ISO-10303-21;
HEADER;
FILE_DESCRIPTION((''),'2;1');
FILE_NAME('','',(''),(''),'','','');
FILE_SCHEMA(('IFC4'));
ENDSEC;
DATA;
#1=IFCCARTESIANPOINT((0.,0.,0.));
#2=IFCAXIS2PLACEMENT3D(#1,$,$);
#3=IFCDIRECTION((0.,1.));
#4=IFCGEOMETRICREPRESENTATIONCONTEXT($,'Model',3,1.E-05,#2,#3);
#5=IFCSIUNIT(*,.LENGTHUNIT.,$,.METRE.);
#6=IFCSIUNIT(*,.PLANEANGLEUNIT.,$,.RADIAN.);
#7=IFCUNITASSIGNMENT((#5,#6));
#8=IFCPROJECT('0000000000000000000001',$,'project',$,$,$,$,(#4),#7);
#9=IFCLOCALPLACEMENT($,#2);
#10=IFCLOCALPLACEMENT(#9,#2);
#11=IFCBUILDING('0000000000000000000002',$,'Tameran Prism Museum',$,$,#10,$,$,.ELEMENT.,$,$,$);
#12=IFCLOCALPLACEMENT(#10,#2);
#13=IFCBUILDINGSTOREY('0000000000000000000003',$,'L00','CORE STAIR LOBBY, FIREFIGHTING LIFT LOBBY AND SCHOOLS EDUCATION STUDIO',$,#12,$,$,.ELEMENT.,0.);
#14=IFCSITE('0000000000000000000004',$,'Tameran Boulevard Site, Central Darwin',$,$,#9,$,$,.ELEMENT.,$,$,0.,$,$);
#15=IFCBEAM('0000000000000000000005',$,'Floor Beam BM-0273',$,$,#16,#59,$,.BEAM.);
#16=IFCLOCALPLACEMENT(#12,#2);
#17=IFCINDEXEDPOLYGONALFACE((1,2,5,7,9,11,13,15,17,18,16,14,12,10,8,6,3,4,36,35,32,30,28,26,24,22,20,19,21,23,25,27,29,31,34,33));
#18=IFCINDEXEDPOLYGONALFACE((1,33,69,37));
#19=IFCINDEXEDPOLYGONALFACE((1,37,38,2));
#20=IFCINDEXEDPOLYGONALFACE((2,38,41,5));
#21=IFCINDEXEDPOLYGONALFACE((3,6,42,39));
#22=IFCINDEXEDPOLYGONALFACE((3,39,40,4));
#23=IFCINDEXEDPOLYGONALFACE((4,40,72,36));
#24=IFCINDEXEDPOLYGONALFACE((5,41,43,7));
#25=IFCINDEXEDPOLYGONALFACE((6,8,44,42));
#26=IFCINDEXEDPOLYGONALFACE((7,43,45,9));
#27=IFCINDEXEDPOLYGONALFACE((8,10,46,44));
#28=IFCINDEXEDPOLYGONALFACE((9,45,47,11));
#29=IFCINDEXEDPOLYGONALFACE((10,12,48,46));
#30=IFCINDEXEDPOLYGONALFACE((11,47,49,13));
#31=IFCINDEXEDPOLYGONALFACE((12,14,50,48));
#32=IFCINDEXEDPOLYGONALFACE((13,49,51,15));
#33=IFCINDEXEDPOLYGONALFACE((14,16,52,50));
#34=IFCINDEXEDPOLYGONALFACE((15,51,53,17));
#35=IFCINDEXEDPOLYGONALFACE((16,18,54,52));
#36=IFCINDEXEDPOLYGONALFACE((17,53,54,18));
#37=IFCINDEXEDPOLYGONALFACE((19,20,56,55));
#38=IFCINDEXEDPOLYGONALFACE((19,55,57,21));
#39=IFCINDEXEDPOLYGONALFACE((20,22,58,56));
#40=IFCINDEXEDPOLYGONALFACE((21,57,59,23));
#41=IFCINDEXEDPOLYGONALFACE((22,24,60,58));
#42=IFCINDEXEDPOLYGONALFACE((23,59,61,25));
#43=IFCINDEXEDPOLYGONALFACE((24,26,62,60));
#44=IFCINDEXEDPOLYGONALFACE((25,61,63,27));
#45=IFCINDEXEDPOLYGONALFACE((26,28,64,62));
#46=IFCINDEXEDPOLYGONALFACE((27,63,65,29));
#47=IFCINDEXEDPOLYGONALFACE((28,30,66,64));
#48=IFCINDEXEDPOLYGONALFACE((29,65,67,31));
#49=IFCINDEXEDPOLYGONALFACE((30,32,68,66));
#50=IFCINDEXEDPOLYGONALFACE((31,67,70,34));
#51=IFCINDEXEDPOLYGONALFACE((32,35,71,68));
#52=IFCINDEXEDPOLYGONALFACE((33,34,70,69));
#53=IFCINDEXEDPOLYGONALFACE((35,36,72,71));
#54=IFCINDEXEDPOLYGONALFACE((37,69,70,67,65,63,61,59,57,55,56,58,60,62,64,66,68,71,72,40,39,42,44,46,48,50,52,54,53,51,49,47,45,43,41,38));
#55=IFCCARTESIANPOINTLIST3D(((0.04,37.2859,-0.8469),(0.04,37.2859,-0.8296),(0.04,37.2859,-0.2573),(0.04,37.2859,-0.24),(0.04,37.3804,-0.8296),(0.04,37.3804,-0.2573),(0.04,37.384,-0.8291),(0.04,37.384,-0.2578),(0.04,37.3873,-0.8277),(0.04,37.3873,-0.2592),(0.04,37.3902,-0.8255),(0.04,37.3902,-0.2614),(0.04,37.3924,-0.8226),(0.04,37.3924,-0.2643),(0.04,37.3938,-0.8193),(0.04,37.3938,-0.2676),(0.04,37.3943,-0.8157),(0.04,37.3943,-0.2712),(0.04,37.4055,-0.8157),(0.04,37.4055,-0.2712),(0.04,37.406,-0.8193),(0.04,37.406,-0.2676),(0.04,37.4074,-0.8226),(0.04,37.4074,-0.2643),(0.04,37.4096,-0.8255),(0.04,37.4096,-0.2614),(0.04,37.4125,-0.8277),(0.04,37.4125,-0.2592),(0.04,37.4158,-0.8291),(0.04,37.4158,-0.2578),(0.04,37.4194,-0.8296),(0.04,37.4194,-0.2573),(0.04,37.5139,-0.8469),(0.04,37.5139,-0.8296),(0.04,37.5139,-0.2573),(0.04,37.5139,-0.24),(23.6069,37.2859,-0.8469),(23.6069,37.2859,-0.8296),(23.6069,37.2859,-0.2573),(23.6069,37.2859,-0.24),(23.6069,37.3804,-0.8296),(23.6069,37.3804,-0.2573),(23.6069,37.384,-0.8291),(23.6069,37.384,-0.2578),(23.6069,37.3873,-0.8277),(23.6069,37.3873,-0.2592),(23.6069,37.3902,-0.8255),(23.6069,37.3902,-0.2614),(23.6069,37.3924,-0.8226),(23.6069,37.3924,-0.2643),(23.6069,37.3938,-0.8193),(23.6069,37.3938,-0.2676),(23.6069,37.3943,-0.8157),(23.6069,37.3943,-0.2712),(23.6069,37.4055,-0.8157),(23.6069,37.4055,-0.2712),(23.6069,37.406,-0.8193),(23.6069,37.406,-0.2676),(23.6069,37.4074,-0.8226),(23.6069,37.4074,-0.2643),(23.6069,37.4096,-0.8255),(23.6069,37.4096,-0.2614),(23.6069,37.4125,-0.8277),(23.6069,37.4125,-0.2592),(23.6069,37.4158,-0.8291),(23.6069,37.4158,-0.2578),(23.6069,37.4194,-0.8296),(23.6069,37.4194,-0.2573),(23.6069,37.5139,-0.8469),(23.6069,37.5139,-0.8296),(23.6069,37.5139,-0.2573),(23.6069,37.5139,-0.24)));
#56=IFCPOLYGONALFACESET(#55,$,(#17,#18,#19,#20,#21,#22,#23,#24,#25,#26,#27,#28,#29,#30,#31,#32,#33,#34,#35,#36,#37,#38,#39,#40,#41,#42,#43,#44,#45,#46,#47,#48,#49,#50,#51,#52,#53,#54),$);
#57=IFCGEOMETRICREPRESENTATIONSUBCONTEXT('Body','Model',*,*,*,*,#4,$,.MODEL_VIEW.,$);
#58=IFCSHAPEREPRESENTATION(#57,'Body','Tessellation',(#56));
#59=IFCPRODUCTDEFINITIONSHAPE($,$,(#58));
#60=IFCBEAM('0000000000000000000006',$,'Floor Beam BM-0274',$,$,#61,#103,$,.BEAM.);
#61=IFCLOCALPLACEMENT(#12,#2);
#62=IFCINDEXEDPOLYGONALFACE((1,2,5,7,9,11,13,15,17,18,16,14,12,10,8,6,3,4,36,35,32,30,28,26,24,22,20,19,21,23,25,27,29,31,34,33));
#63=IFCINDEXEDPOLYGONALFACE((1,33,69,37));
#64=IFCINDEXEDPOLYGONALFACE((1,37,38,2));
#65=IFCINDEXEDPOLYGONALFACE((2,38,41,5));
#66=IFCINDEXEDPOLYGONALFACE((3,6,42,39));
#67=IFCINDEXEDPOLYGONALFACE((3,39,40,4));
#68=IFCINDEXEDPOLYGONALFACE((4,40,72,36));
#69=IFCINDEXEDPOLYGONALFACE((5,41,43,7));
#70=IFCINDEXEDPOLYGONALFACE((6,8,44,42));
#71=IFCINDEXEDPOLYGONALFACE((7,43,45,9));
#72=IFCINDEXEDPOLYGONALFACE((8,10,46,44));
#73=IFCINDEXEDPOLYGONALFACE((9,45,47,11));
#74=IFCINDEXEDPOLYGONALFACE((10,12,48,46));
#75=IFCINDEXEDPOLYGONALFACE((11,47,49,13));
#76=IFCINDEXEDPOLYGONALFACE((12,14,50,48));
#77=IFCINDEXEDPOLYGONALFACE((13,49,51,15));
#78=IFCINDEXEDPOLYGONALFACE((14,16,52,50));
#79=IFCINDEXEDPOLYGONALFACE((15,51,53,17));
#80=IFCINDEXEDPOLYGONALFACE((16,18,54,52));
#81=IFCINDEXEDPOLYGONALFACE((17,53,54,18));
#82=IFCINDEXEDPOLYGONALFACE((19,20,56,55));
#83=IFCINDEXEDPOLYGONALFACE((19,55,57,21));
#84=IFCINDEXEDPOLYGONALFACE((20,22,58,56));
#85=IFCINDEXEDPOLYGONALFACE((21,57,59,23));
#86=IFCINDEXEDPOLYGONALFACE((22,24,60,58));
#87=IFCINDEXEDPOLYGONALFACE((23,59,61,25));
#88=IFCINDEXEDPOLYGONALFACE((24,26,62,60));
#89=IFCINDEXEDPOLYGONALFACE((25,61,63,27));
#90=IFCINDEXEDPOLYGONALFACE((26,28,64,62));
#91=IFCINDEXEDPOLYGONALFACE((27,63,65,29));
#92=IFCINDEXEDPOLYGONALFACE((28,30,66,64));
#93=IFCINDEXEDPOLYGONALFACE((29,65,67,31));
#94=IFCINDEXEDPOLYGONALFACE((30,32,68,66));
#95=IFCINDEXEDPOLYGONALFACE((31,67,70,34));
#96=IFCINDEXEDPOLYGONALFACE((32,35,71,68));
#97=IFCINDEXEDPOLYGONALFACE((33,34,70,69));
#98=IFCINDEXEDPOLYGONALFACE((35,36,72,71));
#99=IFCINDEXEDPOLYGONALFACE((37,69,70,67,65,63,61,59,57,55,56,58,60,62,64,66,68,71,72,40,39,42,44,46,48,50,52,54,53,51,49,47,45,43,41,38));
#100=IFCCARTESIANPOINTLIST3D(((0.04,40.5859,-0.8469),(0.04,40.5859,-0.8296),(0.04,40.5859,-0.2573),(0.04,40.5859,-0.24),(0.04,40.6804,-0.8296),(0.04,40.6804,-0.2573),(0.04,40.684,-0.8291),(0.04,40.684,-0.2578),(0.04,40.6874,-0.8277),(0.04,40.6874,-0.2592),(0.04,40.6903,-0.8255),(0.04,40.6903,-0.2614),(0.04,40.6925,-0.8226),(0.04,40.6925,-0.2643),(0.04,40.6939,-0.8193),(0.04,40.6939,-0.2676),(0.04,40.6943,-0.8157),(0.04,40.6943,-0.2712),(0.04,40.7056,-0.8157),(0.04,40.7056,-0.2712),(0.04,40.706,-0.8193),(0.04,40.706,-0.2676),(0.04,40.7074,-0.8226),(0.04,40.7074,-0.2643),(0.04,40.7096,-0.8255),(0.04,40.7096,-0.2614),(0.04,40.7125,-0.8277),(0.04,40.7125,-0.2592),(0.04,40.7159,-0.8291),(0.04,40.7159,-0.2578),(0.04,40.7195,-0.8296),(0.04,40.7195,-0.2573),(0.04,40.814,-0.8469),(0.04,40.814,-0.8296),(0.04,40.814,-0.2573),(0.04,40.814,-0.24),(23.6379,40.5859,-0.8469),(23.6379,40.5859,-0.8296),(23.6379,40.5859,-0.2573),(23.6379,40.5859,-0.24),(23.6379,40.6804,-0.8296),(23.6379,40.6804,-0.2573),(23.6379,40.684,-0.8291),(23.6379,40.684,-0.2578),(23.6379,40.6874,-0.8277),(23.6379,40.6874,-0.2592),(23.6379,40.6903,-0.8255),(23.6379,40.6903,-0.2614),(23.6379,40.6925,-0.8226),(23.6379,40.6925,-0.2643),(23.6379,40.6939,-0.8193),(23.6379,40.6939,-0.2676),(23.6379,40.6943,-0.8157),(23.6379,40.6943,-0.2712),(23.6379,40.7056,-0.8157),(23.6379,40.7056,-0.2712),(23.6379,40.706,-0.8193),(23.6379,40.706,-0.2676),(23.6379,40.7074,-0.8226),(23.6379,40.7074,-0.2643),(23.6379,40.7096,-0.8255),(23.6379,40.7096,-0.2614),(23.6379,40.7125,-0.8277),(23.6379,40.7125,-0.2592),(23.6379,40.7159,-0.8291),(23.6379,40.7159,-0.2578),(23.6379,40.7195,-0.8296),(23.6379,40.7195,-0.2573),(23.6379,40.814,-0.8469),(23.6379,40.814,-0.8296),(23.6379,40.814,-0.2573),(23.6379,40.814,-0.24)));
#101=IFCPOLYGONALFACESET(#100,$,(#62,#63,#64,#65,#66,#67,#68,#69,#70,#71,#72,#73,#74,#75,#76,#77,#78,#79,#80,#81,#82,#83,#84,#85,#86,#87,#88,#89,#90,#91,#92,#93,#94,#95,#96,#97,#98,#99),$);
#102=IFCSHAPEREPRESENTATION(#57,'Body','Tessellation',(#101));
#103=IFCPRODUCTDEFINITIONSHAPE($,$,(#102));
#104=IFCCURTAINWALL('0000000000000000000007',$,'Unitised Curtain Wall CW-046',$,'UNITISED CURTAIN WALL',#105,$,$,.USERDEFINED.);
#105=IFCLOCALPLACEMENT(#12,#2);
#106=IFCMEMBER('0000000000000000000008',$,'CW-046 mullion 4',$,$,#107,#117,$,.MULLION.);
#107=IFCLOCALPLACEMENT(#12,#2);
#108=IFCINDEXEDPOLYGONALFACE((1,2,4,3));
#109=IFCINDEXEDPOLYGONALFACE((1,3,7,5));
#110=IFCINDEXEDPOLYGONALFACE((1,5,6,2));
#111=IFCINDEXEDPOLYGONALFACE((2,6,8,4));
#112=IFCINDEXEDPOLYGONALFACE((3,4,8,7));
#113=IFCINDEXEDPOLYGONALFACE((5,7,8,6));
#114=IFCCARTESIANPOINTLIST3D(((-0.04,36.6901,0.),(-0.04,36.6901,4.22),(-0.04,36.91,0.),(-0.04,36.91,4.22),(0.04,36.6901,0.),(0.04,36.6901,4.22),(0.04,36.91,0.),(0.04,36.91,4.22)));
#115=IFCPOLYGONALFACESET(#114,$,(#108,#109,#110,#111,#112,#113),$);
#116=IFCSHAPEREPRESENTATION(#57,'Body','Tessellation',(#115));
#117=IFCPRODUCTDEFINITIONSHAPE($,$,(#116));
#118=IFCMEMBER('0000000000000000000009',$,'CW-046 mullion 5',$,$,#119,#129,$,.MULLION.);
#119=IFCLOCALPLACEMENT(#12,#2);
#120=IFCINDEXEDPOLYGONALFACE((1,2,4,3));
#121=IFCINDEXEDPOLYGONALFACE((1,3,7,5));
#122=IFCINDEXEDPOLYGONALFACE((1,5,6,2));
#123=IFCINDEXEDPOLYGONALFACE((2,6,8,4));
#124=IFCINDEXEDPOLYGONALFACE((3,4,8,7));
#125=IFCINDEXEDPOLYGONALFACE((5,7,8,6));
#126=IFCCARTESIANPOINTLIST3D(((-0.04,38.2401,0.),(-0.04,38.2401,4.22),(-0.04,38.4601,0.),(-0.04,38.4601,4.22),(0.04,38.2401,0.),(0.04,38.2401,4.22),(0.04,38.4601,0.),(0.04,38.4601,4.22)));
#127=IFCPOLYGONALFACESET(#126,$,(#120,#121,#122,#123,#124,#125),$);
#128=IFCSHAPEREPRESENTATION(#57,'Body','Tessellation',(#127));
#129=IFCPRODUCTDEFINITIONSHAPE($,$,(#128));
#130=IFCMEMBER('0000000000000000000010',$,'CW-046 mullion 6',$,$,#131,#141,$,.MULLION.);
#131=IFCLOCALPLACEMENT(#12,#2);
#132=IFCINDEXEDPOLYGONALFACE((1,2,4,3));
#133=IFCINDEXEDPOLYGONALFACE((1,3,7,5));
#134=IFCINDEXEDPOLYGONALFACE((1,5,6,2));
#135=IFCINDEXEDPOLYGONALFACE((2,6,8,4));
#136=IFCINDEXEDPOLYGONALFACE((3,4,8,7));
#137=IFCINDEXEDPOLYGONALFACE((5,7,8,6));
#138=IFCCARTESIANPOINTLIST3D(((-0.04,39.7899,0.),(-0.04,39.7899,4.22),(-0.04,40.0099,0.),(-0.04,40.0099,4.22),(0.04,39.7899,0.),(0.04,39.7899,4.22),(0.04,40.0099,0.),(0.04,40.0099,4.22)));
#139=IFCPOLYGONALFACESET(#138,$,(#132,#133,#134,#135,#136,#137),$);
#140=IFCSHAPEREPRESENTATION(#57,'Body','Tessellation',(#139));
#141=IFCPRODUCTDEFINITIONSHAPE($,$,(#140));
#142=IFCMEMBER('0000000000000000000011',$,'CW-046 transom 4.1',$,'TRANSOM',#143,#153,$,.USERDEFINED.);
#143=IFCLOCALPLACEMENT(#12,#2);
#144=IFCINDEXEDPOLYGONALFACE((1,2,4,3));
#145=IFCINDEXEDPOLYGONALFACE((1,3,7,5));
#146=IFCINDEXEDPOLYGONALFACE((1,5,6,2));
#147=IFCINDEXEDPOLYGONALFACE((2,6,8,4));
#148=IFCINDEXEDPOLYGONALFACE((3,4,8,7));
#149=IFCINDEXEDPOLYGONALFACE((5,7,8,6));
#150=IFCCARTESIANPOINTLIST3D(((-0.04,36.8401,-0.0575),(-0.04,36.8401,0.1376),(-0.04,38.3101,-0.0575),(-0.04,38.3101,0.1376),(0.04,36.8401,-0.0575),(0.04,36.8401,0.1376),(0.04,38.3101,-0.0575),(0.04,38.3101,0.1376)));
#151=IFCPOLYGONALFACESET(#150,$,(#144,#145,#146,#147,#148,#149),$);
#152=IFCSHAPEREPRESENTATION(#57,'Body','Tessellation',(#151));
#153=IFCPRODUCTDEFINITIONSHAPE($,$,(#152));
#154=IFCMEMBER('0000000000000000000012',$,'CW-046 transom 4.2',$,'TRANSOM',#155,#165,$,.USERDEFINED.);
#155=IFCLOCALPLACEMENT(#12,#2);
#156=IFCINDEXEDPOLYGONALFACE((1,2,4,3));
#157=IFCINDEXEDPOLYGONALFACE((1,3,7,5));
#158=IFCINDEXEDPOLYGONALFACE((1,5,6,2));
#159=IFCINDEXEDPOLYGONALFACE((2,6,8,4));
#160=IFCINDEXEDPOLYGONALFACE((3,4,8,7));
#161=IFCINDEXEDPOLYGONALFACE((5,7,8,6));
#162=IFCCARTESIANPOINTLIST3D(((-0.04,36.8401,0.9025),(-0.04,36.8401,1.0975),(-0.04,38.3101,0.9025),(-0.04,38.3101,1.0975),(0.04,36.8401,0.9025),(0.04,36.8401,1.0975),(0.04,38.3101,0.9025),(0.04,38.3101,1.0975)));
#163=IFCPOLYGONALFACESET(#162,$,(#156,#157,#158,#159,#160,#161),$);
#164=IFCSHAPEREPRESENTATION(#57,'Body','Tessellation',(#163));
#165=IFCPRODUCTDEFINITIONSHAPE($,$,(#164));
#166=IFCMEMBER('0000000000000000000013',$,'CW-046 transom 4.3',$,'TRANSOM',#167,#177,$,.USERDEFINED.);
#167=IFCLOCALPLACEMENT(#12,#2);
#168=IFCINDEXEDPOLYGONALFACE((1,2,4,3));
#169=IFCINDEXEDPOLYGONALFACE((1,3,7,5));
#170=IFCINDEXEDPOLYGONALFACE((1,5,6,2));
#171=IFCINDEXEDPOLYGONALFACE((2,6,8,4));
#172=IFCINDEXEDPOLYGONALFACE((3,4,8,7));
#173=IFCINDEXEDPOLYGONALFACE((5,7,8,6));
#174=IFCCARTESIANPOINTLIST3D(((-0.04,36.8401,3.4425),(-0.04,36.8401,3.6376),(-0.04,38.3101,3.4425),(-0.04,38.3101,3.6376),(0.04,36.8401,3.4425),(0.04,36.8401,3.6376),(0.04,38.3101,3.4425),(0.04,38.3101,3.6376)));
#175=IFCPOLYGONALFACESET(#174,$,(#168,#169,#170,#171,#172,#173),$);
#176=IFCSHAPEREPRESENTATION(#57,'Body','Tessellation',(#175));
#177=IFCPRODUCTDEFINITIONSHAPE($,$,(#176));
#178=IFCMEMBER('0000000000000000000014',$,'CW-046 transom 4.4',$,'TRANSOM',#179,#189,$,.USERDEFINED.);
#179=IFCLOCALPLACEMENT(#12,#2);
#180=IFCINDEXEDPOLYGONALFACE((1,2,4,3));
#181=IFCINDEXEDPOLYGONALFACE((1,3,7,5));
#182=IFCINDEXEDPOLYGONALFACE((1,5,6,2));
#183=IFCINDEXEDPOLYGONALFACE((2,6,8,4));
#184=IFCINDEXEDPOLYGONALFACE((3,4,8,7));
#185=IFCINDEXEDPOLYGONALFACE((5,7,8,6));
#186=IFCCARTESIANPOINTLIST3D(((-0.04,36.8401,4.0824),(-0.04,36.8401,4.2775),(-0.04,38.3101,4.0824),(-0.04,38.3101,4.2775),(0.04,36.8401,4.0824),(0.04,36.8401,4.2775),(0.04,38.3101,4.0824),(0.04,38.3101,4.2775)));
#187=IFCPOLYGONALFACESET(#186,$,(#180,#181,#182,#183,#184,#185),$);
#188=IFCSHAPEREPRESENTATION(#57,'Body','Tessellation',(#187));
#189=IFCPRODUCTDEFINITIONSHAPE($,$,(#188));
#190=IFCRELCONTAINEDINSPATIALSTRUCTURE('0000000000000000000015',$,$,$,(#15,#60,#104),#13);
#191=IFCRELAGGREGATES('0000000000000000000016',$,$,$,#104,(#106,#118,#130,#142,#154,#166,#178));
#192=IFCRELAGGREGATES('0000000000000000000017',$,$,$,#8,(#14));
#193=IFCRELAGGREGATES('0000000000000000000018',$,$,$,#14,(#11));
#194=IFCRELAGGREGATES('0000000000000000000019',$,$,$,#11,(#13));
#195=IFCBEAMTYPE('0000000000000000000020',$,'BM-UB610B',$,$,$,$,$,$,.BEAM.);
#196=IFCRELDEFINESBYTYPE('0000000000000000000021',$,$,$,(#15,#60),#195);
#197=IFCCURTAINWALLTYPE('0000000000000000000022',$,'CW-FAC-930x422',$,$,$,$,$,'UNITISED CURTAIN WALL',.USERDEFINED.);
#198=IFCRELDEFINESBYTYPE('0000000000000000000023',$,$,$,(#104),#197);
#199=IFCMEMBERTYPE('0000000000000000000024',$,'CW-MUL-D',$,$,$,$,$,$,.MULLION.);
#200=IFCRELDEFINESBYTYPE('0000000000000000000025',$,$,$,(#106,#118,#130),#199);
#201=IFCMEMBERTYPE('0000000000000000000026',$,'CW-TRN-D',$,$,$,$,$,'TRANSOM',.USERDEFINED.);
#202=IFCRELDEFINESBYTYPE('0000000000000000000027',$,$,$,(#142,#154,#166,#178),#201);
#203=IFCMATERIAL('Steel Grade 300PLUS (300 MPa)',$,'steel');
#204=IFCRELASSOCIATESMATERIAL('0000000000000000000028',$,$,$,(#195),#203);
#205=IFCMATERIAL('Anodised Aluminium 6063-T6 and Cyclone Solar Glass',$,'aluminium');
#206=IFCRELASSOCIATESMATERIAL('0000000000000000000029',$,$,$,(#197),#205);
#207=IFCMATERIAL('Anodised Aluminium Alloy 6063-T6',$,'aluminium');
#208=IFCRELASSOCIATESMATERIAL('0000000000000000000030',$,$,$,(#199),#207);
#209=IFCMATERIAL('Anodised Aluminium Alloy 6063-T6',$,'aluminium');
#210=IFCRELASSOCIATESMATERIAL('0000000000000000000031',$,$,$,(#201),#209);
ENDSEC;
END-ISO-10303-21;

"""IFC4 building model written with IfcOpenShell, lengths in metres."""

from ifc_helpers import new_model, si_unit, direction, frame, origin, origin_2d, place, context, subcontext, project, spatial, rectangle, i_section, extrude, material, material_profile, profile_set, type_object, element, aggregate, save


model = new_model("IFC4")

# Units and contexts
model_context = context("Model", 3, precision=1e-05, world=origin(), true_north=direction((0.0, 1.0)))
body_context = subcontext(model_context, "Body", "Model", "MODEL_VIEW")
ifc_project = project(units=[si_unit("LENGTHUNIT", "METRE"), si_unit("PLANEANGLEUNIT", "RADIAN")], contexts=[model_context])

# Site, building, storey
site_placement = place(None, origin())
site = spatial("IfcSite", under=ifc_project, at=site_placement, Name="Tameran Boulevard Site, Central Darwin", CompositionType="ELEMENT", RefElevation=0.0)
building_placement = place(site_placement, origin())
building = spatial("IfcBuilding", under=site, at=building_placement, Name="Tameran Prism Museum", CompositionType="ELEMENT")
storey_placement = place(building_placement, origin())
storey = spatial("IfcBuildingStorey", under=building, at=storey_placement, Name="L00", Description="CORE STAIR LOBBY, FIREFIGHTING LIFT LOBBY AND SCHOOLS EDUCATION STUDIO", CompositionType="ELEMENT", Elevation=0.0)

# Beams
ifc_material_1 = material(Name="Steel Grade 300PLUS (300 MPa)", Category="steel")
ifc_material_profile_1 = material_profile(ifc_material_1, i_section(OverallWidth=0.228, OverallDepth=0.6069, WebThickness=0.0112, FlangeThickness=0.0173, FilletRadius=0.0139, at=origin_2d()))
ifc_profile_set_1 = profile_set([ifc_material_profile_1])
beam_type = type_object("IfcBeamType", Name="BM-UB610B", PredefinedType="BEAM", material=ifc_profile_set_1)
beam_1_placement = place(storey_placement, frame((0.04, 37.3999, -0.5435), z_axis=(1.0, 0.0, 0.0), x_axis=(0.0, 1.0, 0.0)))
element("IfcBeam", 1, at=beam_1_placement, inside=storey, type_object=beam_type, Name="Floor Beam BM-0273", PredefinedType="BEAM", context=body_context, shape_type="SweptSolid", body=[
    extrude(i_section(OverallWidth=0.228, OverallDepth=0.6069, WebThickness=0.0112, FlangeThickness=0.0173, FilletRadius=0.0139, at=origin_2d()), origin(), (0.0, 0.0, 1.0), 23.5669),
])
beam_2_placement = place(storey_placement, frame((0.04, 40.7, -0.5435), z_axis=(1.0, 0.0, 0.0), x_axis=(0.0, 1.0, 0.0)))
element("IfcBeam", 2, at=beam_2_placement, inside=storey, type_object=beam_type, Name="Floor Beam BM-0274", PredefinedType="BEAM", context=body_context, shape_type="SweptSolid", body=[
    extrude(i_section(OverallWidth=0.228, OverallDepth=0.6069, WebThickness=0.0112, FlangeThickness=0.0173, FilletRadius=0.0139, at=origin_2d()), origin(), (0.0, 0.0, 1.0), 23.5979),
])

# Curtain wall, members
ifc_material_2 = material(Name="Anodised Aluminium 6063-T6 and Cyclone Solar Glass", Category="aluminium")
curtain_wall_type = type_object("IfcCurtainWallType", Name="CW-FAC-930x422", ElementType="UNITISED CURTAIN WALL", PredefinedType="USERDEFINED", material=ifc_material_2)
curtain_wall_placement = place(storey_placement, origin())
curtain_wall = element("IfcCurtainWall", 3, at=curtain_wall_placement, inside=storey, type_object=curtain_wall_type, Name="Unitised Curtain Wall CW-046", ObjectType="UNITISED CURTAIN WALL", PredefinedType="USERDEFINED")
ifc_material_3 = material(Name="Anodised Aluminium Alloy 6063-T6", Category="aluminium")
ifc_material_profile_2 = material_profile(ifc_material_3, rectangle(XDim=0.0801, YDim=0.22, at=origin_2d()))
ifc_profile_set_2 = profile_set([ifc_material_profile_2])
member_type_1 = type_object("IfcMemberType", Name="CW-MUL-D", PredefinedType="MULLION", material=ifc_profile_set_2)
member_1_placement = place(storey_placement, frame((0.0, 36.8, 0.0), z_axis=(0.0, 0.0, 1.0), x_axis=(-1.0, 0.0, 0.0)))
member_1 = element("IfcMember", 4, at=member_1_placement, type_object=member_type_1, Name="CW-046 mullion 4", PredefinedType="MULLION", context=body_context, shape_type="SweptSolid", body=[
    extrude(rectangle(XDim=0.0801, YDim=0.22, at=origin_2d()), origin(), (0.0, 0.0, 1.0), 4.22),
])
member_2_placement = place(storey_placement, frame((0.0, 38.3501, 0.0), z_axis=(0.0, 0.0, 1.0), x_axis=(-1.0, 0.0, 0.0)))
member_2 = element("IfcMember", 5, at=member_2_placement, type_object=member_type_1, Name="CW-046 mullion 5", PredefinedType="MULLION", context=body_context, shape_type="SweptSolid", body=[
    extrude(rectangle(XDim=0.0801, YDim=0.22, at=origin_2d()), origin(), (0.0, 0.0, 1.0), 4.22),
])
member_3_placement = place(storey_placement, frame((0.0, 39.8999, 0.0), z_axis=(0.0, 0.0, 1.0), x_axis=(-1.0, 0.0, 0.0)))
member_3 = element("IfcMember", 6, at=member_3_placement, type_object=member_type_1, Name="CW-046 mullion 6", PredefinedType="MULLION", context=body_context, shape_type="SweptSolid", body=[
    extrude(rectangle(XDim=0.0801, YDim=0.22, at=origin_2d()), origin(), (0.0, 0.0, 1.0), 4.22),
])
ifc_material_4 = material(Name="Anodised Aluminium Alloy 6063-T6", Category="aluminium")
ifc_material_profile_3 = material_profile(ifc_material_4, rectangle(XDim=0.0801, YDim=0.1951, at=origin_2d()))
ifc_profile_set_3 = profile_set([ifc_material_profile_3])
member_type_2 = type_object("IfcMemberType", Name="CW-TRN-D", ElementType="TRANSOM", PredefinedType="USERDEFINED", material=ifc_profile_set_3)
member_4_placement = place(storey_placement, frame((0.0, 36.8401, 0.04), z_axis=(0.0, 1.0, 0.0), x_axis=(-1.0, 0.0, 0.0)))
member_4 = element("IfcMember", 7, at=member_4_placement, type_object=member_type_2, Name="CW-046 transom 4.1", ObjectType="TRANSOM", PredefinedType="USERDEFINED", context=body_context, shape_type="SweptSolid", body=[
    extrude(rectangle(XDim=0.0801, YDim=0.1951, at=origin_2d()), origin(), (0.0, 0.0, 1.0), 1.47),
])
member_5_placement = place(storey_placement, frame((0.0, 36.8401, 1.0), z_axis=(0.0, 1.0, 0.0), x_axis=(-1.0, 0.0, 0.0)))
member_5 = element("IfcMember", 8, at=member_5_placement, type_object=member_type_2, Name="CW-046 transom 4.2", ObjectType="TRANSOM", PredefinedType="USERDEFINED", context=body_context, shape_type="SweptSolid", body=[
    extrude(rectangle(XDim=0.0801, YDim=0.1951, at=origin_2d()), origin(), (0.0, 0.0, 1.0), 1.47),
])
member_6_placement = place(storey_placement, frame((0.0, 36.8401, 3.54), z_axis=(0.0, 1.0, 0.0), x_axis=(-1.0, 0.0, 0.0)))
member_6 = element("IfcMember", 9, at=member_6_placement, type_object=member_type_2, Name="CW-046 transom 4.3", ObjectType="TRANSOM", PredefinedType="USERDEFINED", context=body_context, shape_type="SweptSolid", body=[
    extrude(rectangle(XDim=0.0801, YDim=0.1951, at=origin_2d()), origin(), (0.0, 0.0, 1.0), 1.47),
])
member_7_placement = place(storey_placement, frame((0.0, 36.8401, 4.1799), z_axis=(0.0, 1.0, 0.0), x_axis=(-1.0, 0.0, 0.0)))
member_7 = element("IfcMember", 10, at=member_7_placement, type_object=member_type_2, Name="CW-046 transom 4.4", ObjectType="TRANSOM", PredefinedType="USERDEFINED", context=body_context, shape_type="SweptSolid", body=[
    extrude(rectangle(XDim=0.0801, YDim=0.1951, at=origin_2d()), origin(), (0.0, 0.0, 1.0), 1.47),
])
aggregate(curtain_wall, [member_1, member_2, member_3, member_4, member_5, member_6, member_7])

save(model, "model.ifc")
